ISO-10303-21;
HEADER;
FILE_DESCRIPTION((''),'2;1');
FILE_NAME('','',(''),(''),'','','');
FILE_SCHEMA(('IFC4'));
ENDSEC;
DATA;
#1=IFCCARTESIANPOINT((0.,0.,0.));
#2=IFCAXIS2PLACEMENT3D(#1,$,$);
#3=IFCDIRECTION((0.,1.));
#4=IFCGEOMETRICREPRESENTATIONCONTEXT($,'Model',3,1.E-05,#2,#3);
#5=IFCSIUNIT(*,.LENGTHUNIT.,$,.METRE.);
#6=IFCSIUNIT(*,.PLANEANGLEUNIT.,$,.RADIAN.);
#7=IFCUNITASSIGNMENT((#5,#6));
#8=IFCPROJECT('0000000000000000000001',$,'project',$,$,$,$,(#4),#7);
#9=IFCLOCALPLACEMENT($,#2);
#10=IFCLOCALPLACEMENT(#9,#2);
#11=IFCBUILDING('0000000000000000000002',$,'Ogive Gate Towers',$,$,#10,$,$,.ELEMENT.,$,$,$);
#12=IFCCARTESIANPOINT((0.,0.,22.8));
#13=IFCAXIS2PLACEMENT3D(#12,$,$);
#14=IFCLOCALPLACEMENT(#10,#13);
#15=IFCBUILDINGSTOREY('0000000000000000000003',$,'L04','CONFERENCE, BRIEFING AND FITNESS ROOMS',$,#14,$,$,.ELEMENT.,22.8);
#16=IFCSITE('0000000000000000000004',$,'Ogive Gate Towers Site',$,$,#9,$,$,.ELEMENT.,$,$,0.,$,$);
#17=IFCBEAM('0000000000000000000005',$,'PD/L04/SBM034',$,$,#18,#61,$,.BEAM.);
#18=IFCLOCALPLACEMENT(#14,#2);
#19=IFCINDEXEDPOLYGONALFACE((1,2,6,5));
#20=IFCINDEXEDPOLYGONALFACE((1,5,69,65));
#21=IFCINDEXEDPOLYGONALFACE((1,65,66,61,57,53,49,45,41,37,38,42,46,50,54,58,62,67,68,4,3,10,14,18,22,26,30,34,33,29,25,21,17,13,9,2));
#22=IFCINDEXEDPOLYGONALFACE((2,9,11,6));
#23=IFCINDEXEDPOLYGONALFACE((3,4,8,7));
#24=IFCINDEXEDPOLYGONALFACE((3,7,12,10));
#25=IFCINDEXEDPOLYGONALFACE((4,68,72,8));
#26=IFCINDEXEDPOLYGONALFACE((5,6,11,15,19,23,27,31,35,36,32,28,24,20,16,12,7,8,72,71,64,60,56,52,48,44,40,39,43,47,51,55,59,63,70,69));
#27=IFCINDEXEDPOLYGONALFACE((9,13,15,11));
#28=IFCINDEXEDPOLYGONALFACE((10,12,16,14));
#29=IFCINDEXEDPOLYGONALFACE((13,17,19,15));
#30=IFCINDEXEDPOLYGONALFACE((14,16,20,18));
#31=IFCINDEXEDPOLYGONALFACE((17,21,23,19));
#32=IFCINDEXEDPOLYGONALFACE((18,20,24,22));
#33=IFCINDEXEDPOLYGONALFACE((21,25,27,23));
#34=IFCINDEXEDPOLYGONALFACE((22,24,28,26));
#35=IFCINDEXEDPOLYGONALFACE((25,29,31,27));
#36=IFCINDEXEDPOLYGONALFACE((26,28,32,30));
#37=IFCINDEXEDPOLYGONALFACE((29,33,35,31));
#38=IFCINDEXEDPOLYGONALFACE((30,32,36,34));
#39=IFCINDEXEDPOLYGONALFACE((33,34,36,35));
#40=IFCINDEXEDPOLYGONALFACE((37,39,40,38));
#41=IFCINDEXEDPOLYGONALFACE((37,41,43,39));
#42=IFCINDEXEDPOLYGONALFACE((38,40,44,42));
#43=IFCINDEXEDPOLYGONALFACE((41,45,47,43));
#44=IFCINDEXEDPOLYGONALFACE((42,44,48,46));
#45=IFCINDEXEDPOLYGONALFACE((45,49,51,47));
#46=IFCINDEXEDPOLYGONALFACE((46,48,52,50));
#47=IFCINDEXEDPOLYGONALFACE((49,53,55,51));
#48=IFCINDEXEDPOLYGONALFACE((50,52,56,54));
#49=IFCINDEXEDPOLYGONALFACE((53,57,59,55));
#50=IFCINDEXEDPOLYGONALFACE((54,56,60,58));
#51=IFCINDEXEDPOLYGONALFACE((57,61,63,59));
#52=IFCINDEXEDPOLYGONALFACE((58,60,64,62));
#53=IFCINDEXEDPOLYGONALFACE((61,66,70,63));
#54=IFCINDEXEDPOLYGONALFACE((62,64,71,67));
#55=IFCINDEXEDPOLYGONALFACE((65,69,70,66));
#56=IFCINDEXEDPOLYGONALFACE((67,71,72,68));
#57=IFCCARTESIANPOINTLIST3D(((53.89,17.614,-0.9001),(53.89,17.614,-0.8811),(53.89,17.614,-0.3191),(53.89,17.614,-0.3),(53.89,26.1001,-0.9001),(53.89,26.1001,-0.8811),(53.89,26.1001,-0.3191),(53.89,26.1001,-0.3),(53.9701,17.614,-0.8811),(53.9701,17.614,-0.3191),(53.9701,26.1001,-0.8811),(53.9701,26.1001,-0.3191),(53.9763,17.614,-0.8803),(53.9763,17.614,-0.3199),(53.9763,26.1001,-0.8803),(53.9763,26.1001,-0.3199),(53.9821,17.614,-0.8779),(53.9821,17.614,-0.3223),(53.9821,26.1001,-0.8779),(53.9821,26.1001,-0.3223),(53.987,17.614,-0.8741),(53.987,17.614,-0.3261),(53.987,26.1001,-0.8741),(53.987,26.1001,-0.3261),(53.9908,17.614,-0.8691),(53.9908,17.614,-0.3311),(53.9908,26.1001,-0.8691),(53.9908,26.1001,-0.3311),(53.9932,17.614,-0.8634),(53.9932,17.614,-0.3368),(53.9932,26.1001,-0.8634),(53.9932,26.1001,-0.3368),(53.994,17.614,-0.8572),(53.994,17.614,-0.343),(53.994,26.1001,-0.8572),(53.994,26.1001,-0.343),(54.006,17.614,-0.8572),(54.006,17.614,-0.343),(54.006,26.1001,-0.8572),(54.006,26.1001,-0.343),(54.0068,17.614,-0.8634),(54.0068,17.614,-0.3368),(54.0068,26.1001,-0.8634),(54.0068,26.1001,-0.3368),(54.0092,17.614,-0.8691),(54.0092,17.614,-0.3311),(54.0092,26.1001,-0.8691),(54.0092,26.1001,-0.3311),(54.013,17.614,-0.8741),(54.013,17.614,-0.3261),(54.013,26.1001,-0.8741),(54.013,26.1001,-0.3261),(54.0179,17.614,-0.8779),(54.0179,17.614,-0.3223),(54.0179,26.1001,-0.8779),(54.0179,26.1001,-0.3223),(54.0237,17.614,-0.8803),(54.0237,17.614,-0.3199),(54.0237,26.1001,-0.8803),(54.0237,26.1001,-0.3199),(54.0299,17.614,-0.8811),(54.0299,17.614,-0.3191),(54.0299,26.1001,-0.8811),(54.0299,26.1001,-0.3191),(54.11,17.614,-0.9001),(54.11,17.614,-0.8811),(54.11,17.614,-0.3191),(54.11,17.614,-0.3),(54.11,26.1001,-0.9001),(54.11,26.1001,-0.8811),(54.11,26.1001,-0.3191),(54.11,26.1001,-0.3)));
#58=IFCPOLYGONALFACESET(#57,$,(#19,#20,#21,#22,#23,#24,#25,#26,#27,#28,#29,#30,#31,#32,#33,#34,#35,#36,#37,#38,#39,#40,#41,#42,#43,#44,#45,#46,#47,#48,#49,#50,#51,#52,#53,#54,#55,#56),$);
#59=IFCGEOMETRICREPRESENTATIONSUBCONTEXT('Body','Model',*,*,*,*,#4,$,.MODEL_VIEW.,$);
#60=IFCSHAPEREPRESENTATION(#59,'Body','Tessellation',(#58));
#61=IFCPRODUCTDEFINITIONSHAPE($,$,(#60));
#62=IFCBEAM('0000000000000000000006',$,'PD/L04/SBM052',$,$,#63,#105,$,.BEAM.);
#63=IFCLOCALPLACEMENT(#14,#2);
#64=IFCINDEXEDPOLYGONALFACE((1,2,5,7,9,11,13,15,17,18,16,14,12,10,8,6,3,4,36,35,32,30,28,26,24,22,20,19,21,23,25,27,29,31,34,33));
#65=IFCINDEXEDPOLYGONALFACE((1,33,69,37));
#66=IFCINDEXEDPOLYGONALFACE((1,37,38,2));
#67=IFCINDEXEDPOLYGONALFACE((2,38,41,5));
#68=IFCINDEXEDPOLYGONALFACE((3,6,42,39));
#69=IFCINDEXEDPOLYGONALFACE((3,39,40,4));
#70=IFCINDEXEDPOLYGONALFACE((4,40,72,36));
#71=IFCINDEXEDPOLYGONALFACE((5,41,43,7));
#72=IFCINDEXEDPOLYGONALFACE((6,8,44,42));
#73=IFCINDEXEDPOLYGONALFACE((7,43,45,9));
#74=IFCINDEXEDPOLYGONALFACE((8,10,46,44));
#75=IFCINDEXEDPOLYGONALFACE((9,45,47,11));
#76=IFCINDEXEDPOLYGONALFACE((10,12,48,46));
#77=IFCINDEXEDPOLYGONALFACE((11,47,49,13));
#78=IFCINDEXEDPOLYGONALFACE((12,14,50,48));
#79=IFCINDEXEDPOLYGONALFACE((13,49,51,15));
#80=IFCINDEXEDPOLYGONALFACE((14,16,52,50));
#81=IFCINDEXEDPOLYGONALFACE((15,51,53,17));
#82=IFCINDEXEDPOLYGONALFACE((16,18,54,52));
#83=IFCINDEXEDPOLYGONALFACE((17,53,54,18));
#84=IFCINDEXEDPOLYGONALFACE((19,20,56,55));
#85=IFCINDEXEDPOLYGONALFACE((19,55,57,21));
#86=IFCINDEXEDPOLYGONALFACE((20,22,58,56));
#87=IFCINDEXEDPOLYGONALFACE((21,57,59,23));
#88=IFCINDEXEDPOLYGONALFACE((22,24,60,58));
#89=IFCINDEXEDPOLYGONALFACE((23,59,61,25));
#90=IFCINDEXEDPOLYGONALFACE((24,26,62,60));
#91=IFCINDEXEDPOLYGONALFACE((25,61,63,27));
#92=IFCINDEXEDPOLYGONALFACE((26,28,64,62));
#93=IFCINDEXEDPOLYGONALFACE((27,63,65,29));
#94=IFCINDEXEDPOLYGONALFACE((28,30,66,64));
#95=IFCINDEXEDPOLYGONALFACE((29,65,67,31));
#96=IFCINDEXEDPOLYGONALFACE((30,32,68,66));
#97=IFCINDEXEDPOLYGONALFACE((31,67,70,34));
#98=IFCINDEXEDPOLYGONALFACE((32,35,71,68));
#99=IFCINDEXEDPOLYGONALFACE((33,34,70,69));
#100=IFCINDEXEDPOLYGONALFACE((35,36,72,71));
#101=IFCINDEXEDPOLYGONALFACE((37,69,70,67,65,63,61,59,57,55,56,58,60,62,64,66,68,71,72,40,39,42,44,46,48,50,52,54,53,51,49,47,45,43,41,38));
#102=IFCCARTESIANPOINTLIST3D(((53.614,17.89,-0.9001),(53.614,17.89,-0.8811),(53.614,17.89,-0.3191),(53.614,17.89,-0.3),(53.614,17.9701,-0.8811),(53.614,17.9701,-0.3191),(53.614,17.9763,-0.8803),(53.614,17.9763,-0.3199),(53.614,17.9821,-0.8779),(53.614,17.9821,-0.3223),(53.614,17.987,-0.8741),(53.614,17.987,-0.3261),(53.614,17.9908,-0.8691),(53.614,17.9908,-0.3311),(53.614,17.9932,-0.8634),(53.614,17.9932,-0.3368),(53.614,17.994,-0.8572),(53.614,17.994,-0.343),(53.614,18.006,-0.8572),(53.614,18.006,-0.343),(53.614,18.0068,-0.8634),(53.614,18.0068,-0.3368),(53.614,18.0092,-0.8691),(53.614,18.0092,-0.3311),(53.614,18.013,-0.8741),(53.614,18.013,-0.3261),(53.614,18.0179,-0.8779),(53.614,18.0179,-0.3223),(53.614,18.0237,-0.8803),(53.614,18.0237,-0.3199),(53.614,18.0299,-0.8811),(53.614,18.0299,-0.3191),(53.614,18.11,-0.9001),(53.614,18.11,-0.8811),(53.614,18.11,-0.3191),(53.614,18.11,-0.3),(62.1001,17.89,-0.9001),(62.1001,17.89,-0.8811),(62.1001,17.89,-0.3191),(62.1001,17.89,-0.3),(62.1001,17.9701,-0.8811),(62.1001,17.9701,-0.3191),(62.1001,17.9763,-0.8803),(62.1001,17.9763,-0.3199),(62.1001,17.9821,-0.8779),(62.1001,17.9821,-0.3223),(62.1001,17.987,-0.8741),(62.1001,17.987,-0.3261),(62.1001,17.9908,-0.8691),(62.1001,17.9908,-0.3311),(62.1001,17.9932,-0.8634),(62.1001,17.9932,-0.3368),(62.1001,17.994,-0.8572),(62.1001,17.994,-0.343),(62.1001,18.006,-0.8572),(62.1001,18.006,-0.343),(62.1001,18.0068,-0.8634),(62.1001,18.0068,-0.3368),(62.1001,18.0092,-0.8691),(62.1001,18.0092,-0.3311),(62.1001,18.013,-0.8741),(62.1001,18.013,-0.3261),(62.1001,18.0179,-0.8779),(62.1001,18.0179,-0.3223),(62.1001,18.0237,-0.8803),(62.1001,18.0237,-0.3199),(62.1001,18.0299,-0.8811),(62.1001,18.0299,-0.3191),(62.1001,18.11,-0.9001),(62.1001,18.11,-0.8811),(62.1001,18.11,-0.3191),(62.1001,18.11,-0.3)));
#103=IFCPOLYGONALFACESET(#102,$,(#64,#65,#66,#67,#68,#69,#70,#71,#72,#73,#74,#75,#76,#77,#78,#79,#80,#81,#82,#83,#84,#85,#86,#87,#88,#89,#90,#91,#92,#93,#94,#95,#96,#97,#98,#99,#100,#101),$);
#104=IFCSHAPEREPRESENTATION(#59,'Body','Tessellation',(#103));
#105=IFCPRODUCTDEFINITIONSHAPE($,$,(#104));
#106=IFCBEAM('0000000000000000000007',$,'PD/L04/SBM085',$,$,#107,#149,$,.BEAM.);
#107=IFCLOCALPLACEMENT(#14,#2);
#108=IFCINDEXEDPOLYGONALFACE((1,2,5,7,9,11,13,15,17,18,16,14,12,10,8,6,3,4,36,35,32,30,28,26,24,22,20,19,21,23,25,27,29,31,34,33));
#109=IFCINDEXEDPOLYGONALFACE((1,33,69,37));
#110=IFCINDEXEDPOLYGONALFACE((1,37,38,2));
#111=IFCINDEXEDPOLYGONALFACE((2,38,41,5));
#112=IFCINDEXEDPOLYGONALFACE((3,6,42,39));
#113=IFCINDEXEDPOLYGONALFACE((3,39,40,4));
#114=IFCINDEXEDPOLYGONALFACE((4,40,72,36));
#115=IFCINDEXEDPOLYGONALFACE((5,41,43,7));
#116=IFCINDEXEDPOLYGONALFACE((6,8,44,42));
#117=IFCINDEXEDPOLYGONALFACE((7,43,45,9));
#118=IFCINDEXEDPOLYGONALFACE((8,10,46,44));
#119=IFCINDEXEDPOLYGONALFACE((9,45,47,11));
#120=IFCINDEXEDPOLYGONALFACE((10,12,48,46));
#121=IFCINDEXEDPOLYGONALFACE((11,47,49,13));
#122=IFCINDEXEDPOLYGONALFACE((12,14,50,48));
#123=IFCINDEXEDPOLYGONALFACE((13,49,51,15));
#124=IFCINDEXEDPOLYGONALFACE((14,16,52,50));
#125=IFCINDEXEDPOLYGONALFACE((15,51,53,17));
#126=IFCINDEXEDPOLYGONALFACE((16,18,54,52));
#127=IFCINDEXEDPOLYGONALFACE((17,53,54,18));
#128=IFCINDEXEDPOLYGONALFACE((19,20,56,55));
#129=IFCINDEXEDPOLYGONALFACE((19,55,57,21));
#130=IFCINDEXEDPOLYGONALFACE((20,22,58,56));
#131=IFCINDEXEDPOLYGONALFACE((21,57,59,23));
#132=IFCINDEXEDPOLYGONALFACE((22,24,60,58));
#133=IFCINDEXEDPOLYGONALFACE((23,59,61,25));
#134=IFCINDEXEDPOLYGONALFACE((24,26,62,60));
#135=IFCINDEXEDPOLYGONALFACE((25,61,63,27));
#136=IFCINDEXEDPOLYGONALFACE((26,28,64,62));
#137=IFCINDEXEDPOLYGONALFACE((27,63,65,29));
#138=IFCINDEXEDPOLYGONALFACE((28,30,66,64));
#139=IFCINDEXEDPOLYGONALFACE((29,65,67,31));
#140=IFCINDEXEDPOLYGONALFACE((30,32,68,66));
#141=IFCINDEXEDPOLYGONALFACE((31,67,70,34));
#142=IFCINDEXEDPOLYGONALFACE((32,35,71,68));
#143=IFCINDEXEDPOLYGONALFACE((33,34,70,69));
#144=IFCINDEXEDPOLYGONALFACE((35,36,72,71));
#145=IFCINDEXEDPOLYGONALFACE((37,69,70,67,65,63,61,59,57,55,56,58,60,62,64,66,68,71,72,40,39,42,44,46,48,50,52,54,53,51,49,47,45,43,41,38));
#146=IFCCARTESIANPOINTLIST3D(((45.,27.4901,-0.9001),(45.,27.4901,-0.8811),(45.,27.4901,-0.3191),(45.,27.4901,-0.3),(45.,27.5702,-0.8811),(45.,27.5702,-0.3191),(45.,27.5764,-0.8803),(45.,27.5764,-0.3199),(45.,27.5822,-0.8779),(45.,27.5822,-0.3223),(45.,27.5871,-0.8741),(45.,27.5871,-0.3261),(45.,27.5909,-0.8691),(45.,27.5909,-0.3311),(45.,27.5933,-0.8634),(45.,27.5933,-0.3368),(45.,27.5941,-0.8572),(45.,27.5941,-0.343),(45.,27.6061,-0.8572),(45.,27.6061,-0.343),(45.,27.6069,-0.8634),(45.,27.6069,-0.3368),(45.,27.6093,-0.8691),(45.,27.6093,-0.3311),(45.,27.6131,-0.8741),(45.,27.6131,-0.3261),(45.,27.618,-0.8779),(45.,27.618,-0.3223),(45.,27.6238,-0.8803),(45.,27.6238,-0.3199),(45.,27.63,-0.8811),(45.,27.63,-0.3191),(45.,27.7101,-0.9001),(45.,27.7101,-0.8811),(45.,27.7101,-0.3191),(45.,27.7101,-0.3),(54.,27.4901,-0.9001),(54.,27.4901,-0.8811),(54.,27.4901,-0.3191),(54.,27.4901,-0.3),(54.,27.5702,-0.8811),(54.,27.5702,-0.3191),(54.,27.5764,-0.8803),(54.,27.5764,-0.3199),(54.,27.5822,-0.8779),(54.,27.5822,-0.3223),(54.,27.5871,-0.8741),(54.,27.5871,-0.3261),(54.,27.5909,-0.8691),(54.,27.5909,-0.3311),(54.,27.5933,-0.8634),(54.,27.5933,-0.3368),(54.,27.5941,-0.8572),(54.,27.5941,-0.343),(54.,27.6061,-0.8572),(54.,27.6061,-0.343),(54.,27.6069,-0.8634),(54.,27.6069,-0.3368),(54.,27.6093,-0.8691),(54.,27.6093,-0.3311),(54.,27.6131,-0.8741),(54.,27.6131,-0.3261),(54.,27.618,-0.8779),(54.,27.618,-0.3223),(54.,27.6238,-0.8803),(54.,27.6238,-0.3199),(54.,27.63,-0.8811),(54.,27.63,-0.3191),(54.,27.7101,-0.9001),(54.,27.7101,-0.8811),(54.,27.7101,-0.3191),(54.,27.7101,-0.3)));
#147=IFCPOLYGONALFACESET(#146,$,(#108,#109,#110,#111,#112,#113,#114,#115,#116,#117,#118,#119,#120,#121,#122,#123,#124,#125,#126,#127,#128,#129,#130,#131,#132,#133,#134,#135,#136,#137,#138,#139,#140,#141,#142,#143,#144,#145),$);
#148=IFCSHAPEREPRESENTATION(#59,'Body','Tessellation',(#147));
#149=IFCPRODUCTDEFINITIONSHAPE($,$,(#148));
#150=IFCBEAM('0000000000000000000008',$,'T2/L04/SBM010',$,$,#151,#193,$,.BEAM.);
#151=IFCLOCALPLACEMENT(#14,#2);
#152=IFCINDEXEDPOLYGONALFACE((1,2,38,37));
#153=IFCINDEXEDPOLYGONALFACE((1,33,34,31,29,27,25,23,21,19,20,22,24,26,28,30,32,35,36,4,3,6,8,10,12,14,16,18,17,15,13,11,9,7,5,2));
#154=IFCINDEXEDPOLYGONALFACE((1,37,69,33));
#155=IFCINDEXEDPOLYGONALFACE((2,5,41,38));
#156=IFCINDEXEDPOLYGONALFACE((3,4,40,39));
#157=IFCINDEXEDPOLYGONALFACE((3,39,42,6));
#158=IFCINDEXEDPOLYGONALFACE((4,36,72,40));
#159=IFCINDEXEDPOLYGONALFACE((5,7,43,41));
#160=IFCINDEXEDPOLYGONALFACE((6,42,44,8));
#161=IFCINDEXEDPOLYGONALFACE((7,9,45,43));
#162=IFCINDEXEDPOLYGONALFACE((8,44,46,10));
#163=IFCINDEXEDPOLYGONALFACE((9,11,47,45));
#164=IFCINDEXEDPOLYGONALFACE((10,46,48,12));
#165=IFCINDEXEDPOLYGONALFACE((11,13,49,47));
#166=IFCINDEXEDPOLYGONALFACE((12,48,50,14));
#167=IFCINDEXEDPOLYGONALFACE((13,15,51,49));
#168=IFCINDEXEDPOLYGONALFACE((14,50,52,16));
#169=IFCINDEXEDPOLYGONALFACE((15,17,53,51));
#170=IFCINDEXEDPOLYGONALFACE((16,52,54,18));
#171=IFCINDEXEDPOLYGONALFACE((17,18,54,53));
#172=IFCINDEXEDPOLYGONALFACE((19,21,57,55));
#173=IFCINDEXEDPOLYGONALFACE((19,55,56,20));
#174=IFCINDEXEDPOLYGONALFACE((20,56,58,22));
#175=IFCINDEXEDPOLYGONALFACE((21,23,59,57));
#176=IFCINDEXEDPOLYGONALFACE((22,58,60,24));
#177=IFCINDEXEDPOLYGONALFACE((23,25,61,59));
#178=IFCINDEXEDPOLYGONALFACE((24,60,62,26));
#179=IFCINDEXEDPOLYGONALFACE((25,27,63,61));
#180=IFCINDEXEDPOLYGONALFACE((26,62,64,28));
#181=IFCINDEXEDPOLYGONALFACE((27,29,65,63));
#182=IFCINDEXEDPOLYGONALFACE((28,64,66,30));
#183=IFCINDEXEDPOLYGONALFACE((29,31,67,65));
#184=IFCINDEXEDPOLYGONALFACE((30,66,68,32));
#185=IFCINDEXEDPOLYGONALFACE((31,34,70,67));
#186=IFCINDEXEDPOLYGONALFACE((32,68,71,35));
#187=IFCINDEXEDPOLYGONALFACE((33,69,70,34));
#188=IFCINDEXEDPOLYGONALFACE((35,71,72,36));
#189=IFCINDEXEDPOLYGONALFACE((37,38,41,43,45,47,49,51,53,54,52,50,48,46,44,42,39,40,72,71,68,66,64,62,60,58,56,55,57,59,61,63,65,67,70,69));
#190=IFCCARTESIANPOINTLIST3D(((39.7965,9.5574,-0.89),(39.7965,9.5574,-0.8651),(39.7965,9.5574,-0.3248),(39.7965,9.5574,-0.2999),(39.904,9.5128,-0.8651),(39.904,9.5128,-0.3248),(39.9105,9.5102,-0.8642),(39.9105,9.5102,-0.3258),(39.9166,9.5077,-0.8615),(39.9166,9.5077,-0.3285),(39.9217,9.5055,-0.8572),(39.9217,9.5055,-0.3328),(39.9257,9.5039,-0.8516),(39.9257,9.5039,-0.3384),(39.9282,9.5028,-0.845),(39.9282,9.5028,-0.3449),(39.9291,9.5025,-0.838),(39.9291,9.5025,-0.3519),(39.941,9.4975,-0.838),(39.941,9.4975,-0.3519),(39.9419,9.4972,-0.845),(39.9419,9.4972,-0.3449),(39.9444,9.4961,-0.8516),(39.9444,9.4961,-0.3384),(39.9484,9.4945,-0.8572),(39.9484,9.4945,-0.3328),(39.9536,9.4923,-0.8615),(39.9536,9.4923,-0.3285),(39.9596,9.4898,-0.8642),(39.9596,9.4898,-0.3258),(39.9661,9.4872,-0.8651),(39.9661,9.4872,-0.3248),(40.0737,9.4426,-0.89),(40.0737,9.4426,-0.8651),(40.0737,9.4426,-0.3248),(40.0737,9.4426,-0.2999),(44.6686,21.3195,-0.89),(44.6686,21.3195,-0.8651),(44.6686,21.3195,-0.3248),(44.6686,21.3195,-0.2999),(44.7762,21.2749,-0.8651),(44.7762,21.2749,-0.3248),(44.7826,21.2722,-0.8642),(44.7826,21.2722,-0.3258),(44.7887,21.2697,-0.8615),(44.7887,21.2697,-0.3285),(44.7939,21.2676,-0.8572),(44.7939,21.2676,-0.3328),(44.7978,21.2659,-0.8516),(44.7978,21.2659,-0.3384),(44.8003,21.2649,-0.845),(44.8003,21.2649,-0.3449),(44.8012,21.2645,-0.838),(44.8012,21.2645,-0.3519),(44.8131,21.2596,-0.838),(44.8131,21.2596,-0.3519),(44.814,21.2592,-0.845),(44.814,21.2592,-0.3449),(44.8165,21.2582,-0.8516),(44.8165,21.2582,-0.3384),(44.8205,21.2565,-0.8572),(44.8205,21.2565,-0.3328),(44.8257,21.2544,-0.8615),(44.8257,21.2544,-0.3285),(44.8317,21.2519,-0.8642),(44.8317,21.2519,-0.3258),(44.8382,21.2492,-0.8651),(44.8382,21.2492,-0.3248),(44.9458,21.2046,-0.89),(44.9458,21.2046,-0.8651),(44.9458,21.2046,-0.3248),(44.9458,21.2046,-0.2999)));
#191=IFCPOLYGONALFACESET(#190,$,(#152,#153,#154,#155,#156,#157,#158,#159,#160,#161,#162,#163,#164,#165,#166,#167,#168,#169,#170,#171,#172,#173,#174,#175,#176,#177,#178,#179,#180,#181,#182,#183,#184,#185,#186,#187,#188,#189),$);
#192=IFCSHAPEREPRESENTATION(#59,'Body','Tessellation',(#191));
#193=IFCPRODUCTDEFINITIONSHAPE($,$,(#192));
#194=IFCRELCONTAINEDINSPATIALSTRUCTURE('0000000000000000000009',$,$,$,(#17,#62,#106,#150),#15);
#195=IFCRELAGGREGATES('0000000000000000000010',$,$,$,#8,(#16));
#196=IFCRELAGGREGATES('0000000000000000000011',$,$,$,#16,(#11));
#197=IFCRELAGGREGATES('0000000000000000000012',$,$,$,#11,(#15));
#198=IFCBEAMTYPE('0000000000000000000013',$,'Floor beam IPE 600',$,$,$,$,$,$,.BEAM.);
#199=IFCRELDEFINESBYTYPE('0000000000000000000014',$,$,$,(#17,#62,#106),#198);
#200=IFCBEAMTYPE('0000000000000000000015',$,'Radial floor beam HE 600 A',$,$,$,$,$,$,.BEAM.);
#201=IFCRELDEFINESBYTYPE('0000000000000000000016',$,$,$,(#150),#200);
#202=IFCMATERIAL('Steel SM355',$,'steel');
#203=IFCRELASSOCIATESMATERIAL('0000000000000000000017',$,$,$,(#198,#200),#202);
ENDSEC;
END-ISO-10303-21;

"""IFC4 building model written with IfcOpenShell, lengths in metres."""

from ifc_helpers import new_model, si_unit, direction, frame, origin, origin_2d, place, context, subcontext, project, spatial, i_section, extrude, material, material_profile, profile_set, type_object, element, save


model = new_model("IFC4")

# Units and contexts
model_context = context("Model", 3, precision=1e-05, world=origin(), true_north=direction((0.0, 1.0)))
body_context = subcontext(model_context, "Body", "Model", "MODEL_VIEW")
ifc_project = project(units=[si_unit("LENGTHUNIT", "METRE"), si_unit("PLANEANGLEUNIT", "RADIAN")], contexts=[model_context])

# Site, building, storey
site_placement = place(None, origin())
site = spatial("IfcSite", under=ifc_project, at=site_placement, Name="Ogive Gate Towers Site", CompositionType="ELEMENT", RefElevation=0.0)
building_placement = place(site_placement, origin())
building = spatial("IfcBuilding", under=site, at=building_placement, Name="Ogive Gate Towers", CompositionType="ELEMENT")
storey_placement = place(building_placement, frame((0.0, 0.0, 22.8)))
storey = spatial("IfcBuildingStorey", under=building, at=storey_placement, Name="L04", Description="CONFERENCE, BRIEFING AND FITNESS ROOMS", CompositionType="ELEMENT", Elevation=22.8)

# Beams
ifc_material_1 = material(Name="Steel SM355", Category="steel")
ifc_material_profile_1 = material_profile(ifc_material_1, i_section(OverallWidth=0.22, OverallDepth=0.6001, WebThickness=0.012, FlangeThickness=0.019, FilletRadius=0.0239, at=origin_2d()), Name="IPE 600")
ifc_profile_set_1 = profile_set([ifc_material_profile_1], Name="Steel SM355")
beam_type_1 = type_object("IfcBeamType", Name="Floor beam IPE 600", PredefinedType="BEAM", material=ifc_profile_set_1)
for number, where, z_axis, x_axis, name in (
    (1, (54.0, 17.614, -0.6001), (0.0, 1.0, 0.0), (-1.0, 0.0, 0.0), "PD/L04/SBM034"),
    (2, (53.614, 18.0, -0.6001), (1.0, 0.0, 0.0), (0.0, 1.0, 0.0), "PD/L04/SBM052"),
):
    element("IfcBeam", number, at=place(storey_placement, frame(where, z_axis=z_axis, x_axis=x_axis)), inside=storey, type_object=beam_type_1, Name=name, PredefinedType="BEAM", context=body_context, shape_type="SweptSolid", body=[
        extrude(i_section(OverallWidth=0.22, OverallDepth=0.6001, WebThickness=0.012, FlangeThickness=0.019, FilletRadius=0.0239, at=origin_2d()), origin(), (0.0, 0.0, 1.0), 8.4861),
    ])
beam_1_placement = place(storey_placement, frame((45.0, 27.6001, -0.6001), z_axis=(1.0, 0.0, 0.0), x_axis=(0.0, 1.0, 0.0)))
element("IfcBeam", 3, at=beam_1_placement, inside=storey, type_object=beam_type_1, Name="PD/L04/SBM085", PredefinedType="BEAM", context=body_context, shape_type="SweptSolid", body=[
    extrude(i_section(OverallWidth=0.22, OverallDepth=0.6001, WebThickness=0.012, FlangeThickness=0.019, FilletRadius=0.0239, at=origin_2d()), origin(), (0.0, 0.0, 1.0), 9.0),
])
ifc_material_profile_2 = material_profile(ifc_material_1, i_section(OverallWidth=0.3, OverallDepth=0.5901, WebThickness=0.0129, FlangeThickness=0.0249, FilletRadius=0.0271, at=origin_2d()), Name="HE 600 A")
ifc_profile_set_2 = profile_set([ifc_material_profile_2], Name="Steel SM355")
beam_type_2 = type_object("IfcBeamType", Name="Radial floor beam HE 600 A", PredefinedType="BEAM", material=ifc_profile_set_2)
beam_2_placement = place(storey_placement, frame((39.9351, 9.5, -0.595), z_axis=(0.382691, 0.923877, 0.0), x_axis=(-0.923877, 0.382691, 0.0)))
element("IfcBeam", 4, at=beam_2_placement, inside=storey, type_object=beam_type_2, Name="T2/L04/SBM010", PredefinedType="BEAM", context=body_context, shape_type="SweptSolid", body=[
    extrude(i_section(OverallWidth=0.3, OverallDepth=0.5901, WebThickness=0.0129, FlangeThickness=0.0249, FilletRadius=0.0271, at=origin_2d()), origin(), (0.0, 0.0, 1.0), 12.7312),
])

save(model, "model.ifc")
